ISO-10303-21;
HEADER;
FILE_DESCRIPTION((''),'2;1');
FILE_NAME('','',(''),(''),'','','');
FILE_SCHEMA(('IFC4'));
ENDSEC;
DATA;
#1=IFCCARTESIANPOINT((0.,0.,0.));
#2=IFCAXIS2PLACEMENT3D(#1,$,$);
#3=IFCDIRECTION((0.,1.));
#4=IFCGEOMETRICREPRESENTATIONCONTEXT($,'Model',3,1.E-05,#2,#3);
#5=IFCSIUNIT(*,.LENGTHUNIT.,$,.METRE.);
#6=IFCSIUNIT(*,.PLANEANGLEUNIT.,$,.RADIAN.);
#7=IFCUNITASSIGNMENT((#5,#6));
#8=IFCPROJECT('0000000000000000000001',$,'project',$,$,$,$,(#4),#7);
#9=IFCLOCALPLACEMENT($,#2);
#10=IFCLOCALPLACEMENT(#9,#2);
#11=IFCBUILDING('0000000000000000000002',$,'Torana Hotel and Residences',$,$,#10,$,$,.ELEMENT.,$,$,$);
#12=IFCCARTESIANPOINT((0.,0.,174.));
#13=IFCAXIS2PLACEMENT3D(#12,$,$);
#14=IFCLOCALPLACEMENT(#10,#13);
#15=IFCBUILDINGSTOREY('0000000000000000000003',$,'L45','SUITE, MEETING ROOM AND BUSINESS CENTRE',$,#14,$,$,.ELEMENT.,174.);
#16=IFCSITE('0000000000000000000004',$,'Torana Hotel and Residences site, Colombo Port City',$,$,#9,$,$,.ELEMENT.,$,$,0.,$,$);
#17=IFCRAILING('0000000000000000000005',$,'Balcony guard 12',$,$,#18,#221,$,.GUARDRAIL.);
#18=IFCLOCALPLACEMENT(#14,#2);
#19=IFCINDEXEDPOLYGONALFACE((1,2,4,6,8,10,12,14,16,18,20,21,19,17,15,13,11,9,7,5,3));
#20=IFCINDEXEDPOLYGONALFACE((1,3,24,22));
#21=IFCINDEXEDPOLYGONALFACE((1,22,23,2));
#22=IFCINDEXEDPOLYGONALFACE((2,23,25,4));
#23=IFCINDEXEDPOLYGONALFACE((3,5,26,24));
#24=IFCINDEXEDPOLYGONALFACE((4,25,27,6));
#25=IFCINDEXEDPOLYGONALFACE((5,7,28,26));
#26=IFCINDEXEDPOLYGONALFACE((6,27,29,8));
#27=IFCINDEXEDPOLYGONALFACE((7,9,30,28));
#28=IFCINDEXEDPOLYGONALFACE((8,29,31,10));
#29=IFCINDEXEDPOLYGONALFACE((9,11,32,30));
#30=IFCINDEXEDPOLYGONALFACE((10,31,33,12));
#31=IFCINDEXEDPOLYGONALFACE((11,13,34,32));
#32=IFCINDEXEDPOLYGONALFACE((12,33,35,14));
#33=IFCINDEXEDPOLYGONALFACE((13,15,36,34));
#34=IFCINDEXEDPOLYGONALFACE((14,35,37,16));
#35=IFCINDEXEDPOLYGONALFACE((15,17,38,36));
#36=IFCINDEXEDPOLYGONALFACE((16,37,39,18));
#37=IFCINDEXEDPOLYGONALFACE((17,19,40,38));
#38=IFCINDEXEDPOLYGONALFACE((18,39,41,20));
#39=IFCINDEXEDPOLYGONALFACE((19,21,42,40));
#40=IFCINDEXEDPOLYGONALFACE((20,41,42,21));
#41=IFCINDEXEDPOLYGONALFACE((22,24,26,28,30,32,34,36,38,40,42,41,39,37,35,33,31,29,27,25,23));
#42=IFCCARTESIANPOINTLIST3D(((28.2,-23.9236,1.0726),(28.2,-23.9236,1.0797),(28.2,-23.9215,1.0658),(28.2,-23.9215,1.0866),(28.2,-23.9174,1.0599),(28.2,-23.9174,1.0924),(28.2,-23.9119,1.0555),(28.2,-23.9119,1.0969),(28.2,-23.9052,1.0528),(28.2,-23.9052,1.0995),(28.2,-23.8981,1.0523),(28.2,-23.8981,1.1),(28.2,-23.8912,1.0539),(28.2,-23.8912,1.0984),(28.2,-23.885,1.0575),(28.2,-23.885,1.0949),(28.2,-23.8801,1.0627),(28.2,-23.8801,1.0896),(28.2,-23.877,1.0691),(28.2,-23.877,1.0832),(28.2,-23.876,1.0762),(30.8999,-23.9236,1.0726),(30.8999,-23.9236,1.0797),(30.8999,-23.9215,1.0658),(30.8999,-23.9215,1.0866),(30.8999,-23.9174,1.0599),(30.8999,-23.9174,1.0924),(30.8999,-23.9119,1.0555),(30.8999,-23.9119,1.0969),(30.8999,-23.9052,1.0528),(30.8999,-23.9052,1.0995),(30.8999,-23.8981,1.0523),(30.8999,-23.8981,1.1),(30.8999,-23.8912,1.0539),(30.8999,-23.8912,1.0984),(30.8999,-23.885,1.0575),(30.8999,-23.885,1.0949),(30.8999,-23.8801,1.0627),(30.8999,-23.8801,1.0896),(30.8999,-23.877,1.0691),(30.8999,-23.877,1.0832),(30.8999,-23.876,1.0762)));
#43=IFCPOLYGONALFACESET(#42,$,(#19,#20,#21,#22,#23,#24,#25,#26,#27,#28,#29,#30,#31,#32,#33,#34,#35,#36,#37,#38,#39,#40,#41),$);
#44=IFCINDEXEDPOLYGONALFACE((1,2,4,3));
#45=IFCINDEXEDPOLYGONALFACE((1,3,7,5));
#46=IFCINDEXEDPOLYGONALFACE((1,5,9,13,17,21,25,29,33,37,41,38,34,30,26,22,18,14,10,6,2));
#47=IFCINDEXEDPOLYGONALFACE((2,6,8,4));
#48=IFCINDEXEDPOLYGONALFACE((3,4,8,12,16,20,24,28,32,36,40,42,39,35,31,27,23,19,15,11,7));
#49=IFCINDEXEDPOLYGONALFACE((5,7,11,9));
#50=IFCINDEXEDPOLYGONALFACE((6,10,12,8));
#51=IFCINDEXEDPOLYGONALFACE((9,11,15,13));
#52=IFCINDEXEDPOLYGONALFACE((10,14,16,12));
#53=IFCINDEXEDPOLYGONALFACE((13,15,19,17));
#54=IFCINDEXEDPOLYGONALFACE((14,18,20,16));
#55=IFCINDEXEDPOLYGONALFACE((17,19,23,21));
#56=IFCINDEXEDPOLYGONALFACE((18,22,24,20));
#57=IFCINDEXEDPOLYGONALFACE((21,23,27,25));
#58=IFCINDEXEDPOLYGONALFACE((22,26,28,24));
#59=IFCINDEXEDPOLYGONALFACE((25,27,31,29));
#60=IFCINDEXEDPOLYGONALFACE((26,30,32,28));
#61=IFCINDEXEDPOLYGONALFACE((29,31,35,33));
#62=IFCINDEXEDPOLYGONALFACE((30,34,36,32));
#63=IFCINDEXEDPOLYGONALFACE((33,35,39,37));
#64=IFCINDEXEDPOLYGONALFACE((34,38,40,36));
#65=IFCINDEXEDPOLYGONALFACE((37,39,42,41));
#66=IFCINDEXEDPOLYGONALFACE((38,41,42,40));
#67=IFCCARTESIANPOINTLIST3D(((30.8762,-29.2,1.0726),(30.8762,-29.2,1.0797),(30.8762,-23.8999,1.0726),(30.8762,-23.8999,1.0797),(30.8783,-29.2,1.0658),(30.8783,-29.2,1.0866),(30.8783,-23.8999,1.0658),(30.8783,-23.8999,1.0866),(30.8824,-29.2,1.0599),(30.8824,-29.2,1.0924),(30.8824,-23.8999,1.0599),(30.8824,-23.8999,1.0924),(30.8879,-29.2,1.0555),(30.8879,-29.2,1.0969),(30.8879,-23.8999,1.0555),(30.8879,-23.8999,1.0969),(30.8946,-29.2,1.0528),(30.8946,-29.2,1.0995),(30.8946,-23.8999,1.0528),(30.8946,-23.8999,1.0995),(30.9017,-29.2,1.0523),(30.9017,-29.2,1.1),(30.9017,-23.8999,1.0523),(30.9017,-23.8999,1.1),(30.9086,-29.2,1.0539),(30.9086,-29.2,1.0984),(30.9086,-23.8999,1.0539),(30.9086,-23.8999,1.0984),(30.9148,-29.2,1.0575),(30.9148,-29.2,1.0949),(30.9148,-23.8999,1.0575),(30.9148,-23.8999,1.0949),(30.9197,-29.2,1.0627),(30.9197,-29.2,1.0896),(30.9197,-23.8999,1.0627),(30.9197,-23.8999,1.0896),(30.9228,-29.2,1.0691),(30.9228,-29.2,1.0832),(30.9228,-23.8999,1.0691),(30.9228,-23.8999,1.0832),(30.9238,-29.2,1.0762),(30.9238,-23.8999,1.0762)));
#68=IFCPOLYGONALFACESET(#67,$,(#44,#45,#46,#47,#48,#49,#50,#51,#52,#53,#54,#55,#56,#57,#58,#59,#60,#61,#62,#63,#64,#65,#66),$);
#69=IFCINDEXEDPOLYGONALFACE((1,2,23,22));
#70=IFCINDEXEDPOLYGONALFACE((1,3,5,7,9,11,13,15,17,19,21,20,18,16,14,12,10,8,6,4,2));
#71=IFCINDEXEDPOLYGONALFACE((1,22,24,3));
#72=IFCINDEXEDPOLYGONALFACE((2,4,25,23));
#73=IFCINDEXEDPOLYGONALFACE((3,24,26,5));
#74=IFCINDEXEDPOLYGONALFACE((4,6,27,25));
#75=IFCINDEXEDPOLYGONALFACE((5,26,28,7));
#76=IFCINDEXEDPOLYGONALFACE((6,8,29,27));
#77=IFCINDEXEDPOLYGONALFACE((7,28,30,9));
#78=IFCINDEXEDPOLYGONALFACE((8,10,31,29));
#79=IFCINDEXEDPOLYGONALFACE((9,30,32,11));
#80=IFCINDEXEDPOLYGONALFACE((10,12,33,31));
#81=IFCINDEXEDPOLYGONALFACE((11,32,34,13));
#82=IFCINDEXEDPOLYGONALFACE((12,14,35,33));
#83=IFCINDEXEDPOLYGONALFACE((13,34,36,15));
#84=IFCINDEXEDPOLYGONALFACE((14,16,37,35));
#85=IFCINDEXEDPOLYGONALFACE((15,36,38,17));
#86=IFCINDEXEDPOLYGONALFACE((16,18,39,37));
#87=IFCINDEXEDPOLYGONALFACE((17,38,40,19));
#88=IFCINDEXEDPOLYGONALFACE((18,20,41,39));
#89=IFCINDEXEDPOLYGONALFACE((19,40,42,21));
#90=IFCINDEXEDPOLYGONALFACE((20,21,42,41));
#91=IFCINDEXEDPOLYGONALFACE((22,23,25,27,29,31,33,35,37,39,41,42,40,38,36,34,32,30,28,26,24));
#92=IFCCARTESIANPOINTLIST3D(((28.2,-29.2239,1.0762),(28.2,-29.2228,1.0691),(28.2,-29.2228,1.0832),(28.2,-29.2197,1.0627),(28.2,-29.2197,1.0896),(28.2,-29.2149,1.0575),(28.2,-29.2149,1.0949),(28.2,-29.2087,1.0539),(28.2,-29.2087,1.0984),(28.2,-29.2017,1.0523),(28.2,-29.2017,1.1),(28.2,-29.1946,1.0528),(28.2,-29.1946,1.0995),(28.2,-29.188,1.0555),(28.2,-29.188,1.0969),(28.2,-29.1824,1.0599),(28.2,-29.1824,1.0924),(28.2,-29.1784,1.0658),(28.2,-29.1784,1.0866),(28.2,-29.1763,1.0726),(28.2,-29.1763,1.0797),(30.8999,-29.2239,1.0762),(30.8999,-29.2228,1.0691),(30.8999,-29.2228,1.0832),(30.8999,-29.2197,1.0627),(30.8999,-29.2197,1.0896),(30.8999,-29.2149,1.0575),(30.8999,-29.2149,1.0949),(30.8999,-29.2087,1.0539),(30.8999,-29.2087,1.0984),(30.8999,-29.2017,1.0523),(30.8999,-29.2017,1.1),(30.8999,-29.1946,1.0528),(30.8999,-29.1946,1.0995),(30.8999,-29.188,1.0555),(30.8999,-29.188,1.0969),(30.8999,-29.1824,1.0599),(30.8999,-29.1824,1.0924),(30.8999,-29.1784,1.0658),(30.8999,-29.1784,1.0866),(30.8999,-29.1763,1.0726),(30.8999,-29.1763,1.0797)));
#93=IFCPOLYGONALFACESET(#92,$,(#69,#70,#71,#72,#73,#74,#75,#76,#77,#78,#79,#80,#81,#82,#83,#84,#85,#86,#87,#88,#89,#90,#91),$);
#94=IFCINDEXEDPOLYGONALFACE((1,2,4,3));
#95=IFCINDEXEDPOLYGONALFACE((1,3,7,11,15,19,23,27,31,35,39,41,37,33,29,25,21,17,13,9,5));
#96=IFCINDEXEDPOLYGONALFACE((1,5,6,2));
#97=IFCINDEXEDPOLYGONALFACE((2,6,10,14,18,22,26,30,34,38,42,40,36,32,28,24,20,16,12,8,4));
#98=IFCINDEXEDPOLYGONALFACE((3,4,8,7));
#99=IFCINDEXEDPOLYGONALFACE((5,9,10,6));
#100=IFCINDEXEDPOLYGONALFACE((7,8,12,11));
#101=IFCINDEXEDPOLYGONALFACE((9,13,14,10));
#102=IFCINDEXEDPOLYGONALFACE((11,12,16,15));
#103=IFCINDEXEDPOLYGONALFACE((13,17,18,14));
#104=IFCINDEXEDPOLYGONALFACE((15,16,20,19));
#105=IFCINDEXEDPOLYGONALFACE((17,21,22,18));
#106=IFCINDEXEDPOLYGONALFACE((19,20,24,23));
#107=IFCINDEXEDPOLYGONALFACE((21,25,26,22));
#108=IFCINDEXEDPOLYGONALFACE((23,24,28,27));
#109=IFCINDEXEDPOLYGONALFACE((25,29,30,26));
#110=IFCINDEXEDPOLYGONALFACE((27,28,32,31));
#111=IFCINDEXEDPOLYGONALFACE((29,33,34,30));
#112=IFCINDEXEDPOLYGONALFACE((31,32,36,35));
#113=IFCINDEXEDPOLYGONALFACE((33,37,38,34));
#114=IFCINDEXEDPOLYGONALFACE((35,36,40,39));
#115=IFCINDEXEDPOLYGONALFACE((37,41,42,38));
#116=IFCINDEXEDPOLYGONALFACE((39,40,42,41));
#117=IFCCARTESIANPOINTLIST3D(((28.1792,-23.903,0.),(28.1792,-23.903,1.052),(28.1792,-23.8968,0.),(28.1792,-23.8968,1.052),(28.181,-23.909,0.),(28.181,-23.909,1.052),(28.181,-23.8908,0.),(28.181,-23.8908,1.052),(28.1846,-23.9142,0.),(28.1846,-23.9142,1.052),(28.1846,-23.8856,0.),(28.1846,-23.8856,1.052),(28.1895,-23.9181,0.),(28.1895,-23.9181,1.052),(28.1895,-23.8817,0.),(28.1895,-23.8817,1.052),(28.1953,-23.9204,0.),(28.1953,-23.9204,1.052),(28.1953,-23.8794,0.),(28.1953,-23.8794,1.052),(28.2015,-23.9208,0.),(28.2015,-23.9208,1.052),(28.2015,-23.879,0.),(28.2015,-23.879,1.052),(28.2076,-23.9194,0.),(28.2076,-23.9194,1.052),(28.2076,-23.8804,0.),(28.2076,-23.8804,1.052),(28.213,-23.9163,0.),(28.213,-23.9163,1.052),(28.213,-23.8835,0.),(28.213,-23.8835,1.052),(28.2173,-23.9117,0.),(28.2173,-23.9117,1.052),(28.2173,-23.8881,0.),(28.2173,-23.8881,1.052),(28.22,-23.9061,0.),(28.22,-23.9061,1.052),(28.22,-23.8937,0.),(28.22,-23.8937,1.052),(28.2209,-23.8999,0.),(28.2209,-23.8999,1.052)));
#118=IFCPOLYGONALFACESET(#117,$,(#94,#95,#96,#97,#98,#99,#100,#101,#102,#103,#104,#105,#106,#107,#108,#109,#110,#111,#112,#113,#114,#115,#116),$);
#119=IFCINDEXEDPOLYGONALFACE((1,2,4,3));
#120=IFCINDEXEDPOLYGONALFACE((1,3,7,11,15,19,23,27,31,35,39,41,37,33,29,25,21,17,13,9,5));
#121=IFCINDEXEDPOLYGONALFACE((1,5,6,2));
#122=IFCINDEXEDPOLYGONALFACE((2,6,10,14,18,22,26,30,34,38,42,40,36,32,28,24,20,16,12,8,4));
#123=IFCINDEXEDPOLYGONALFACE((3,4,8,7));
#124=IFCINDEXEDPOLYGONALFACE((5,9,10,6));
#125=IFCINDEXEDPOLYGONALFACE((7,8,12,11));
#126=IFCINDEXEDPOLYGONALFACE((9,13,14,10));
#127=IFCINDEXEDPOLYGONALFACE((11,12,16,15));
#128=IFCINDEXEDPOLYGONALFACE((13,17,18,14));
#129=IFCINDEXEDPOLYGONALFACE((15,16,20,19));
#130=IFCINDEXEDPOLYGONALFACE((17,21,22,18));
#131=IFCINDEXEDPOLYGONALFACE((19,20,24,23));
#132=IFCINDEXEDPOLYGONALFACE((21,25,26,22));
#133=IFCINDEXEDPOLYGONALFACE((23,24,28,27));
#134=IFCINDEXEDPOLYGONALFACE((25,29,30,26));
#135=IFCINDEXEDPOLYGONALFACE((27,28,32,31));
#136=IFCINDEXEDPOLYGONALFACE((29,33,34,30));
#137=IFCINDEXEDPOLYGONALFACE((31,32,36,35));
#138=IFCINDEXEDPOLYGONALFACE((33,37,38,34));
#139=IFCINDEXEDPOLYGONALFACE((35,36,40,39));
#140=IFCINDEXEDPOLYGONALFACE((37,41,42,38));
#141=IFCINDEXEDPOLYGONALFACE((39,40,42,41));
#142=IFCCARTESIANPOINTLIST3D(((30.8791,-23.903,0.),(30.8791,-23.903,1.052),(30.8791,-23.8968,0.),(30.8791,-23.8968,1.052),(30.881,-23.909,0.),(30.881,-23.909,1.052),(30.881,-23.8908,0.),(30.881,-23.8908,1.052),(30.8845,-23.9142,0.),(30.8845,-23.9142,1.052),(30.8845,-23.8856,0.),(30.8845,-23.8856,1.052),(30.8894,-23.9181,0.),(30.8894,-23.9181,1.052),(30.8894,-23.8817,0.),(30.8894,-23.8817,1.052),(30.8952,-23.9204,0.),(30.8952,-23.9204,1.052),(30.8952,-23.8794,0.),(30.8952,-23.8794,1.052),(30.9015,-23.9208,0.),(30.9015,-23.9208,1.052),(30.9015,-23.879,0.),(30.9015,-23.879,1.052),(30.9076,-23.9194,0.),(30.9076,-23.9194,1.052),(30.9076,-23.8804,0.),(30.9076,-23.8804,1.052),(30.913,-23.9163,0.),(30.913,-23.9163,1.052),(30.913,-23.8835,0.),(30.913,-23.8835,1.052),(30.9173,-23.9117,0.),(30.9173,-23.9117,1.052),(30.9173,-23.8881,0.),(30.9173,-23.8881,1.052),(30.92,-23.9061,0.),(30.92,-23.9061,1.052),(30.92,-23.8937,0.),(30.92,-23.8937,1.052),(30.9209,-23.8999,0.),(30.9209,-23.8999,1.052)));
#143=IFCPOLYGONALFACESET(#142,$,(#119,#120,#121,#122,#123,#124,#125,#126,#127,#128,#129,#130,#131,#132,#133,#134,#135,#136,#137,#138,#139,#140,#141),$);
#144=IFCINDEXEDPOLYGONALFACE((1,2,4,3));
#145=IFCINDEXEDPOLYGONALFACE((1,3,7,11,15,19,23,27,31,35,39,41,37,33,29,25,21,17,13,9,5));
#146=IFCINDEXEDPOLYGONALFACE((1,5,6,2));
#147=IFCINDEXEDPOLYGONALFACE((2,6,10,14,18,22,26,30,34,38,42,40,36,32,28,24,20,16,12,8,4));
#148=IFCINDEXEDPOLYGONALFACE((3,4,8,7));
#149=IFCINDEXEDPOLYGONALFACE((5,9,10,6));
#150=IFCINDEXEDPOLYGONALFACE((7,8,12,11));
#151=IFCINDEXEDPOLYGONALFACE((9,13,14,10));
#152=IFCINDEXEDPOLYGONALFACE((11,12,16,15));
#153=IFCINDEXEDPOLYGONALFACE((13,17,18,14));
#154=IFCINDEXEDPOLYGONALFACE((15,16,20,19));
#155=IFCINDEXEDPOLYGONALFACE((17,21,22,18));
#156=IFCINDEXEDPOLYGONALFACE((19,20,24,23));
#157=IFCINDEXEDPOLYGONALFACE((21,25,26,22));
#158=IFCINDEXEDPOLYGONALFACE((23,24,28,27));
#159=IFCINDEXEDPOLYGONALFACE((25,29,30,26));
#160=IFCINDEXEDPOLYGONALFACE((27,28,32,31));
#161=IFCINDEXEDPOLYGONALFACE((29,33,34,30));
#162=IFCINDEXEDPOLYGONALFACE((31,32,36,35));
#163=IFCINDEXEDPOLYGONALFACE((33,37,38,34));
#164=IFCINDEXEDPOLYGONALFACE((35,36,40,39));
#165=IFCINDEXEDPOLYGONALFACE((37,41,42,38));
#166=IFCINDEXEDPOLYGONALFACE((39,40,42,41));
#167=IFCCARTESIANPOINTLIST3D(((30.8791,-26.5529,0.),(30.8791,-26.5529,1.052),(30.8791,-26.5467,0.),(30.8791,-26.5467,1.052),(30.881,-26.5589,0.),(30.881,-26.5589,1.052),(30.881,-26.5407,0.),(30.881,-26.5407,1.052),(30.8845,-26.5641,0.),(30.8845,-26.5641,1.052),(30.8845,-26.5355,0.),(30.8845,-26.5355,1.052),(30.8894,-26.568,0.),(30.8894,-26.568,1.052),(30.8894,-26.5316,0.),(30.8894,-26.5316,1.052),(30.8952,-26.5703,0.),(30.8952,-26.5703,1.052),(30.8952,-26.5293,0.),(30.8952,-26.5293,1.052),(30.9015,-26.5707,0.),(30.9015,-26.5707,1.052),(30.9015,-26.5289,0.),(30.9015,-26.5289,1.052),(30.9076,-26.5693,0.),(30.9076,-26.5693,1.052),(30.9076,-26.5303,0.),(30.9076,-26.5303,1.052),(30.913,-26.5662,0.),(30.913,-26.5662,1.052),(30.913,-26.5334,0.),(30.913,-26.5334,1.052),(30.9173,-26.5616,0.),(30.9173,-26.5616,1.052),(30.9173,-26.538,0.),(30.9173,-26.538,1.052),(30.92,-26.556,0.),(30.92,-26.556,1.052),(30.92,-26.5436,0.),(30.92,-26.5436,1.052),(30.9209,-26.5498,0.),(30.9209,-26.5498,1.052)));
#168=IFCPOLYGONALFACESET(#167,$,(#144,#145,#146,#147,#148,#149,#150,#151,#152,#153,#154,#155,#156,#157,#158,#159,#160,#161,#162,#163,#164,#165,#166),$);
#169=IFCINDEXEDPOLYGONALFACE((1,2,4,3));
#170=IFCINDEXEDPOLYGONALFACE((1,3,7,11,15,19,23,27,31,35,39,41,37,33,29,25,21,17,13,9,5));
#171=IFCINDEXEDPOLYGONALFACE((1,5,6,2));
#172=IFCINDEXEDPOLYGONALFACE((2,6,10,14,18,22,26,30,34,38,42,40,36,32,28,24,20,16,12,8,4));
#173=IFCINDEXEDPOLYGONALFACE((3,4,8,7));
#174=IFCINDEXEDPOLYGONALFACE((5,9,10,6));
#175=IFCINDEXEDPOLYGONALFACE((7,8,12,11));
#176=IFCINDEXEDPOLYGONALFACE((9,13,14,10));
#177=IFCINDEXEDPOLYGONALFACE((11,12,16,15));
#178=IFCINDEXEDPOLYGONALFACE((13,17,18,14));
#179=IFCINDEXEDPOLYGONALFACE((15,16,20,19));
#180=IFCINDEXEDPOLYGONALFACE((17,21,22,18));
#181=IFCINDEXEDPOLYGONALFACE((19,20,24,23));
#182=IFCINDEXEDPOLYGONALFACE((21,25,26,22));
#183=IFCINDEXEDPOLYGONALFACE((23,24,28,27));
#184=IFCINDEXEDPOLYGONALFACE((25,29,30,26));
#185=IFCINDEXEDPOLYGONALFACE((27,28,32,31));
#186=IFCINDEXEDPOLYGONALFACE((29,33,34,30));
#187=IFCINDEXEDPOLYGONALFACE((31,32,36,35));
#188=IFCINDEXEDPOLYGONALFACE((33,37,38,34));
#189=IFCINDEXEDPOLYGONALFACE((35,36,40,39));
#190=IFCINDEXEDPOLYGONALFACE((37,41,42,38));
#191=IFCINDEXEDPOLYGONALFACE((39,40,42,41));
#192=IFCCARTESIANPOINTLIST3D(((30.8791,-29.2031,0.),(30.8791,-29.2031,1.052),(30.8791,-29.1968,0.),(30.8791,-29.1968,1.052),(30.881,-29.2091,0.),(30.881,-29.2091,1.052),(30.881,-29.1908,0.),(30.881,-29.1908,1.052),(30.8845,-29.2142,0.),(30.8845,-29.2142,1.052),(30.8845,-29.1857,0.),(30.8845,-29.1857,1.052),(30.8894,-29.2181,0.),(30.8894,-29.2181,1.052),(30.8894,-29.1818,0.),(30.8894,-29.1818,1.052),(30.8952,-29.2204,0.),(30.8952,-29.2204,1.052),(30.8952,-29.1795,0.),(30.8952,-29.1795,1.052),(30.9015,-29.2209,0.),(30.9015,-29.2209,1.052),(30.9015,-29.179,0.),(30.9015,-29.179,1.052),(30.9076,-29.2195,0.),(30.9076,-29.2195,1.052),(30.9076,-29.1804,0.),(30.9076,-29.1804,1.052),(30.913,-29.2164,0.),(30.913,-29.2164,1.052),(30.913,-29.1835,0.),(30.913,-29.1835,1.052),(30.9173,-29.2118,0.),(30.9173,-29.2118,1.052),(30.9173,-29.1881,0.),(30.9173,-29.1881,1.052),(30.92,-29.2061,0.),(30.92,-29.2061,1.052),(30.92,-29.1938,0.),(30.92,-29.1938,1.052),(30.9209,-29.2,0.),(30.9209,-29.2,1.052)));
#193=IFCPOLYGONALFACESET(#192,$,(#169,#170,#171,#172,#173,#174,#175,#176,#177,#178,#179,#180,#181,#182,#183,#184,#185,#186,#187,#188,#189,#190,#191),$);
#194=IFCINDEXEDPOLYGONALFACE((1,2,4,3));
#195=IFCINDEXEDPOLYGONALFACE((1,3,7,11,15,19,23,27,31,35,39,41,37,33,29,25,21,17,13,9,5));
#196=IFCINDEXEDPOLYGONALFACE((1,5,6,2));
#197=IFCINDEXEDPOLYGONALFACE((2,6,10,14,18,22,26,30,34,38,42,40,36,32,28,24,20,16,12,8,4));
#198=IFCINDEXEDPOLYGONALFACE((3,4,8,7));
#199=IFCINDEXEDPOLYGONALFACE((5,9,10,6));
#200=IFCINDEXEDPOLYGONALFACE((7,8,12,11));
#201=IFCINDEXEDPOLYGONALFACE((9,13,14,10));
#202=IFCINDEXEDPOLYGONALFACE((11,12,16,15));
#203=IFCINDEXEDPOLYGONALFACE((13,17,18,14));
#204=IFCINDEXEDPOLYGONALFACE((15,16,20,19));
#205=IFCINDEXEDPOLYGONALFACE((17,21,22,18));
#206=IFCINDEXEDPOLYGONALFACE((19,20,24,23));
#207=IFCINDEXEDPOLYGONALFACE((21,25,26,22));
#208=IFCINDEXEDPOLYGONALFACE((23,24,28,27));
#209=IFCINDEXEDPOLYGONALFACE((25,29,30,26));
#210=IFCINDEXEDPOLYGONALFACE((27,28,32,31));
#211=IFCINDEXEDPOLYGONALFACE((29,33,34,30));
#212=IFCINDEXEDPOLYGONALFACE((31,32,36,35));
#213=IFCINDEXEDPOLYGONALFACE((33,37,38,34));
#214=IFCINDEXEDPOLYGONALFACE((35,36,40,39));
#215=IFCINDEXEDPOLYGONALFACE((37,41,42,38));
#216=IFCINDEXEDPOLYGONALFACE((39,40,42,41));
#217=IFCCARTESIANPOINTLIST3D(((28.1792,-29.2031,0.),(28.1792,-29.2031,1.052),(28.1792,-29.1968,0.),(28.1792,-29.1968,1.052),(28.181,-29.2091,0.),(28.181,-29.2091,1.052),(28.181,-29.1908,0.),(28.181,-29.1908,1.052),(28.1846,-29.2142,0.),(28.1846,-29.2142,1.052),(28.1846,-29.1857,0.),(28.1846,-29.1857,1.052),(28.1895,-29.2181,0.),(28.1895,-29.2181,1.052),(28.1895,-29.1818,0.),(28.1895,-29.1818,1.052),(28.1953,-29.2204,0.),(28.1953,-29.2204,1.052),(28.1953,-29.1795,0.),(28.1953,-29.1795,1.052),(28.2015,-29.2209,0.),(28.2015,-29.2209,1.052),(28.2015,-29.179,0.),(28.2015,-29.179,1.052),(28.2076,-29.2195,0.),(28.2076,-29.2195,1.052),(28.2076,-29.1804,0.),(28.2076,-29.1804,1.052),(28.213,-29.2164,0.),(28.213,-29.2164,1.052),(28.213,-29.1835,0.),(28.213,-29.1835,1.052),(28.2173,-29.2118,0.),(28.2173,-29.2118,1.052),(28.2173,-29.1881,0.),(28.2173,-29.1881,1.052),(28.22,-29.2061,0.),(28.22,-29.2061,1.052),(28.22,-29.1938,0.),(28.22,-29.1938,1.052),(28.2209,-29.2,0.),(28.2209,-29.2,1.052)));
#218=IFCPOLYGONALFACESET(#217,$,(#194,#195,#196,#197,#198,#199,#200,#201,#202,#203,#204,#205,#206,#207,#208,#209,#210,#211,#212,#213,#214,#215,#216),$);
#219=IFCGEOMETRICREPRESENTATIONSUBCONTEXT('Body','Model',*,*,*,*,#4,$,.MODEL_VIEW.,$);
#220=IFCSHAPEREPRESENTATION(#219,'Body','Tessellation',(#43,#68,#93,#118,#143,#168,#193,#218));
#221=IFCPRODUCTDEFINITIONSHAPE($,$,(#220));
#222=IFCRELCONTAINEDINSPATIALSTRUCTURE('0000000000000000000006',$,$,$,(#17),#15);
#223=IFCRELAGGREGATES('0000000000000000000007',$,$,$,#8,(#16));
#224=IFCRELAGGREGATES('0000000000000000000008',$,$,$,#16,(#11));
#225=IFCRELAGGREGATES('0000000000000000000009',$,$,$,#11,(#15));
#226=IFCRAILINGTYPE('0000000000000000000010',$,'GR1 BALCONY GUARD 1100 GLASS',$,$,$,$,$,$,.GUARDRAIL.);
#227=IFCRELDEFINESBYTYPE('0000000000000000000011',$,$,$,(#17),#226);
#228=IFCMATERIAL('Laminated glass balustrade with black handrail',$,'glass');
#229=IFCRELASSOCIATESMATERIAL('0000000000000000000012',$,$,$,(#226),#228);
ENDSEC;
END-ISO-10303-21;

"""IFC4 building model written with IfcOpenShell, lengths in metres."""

from ifc_helpers import new_model, si_unit, direction, frame, origin, origin_2d, place, context, subcontext, project, spatial, circle, extrude, material, type_object, element, save


model = new_model("IFC4")

# Units and contexts
model_context = context("Model", 3, precision=1e-05, world=origin(), true_north=direction((0.0, 1.0)))
body_context = subcontext(model_context, "Body", "Model", "MODEL_VIEW")
ifc_project = project(units=[si_unit("LENGTHUNIT", "METRE"), si_unit("PLANEANGLEUNIT", "RADIAN")], contexts=[model_context])

# Site, building, storey
site_placement = place(None, origin())
site = spatial("IfcSite", under=ifc_project, at=site_placement, Name="Torana Hotel and Residences site, Colombo Port City", CompositionType="ELEMENT", RefElevation=0.0)
building_placement = place(site_placement, origin())
building = spatial("IfcBuilding", under=site, at=building_placement, Name="Torana Hotel and Residences", CompositionType="ELEMENT")
storey_placement = place(building_placement, frame((0.0, 0.0, 174.0)))
storey = spatial("IfcBuildingStorey", under=building, at=storey_placement, Name="L45", Description="SUITE, MEETING ROOM AND BUSINESS CENTRE", CompositionType="ELEMENT", Elevation=174.0)

# Railing
ifc_material_1 = material(Name="Laminated glass balustrade with black handrail", Category="glass")
railing_type = type_object("IfcRailingType", Name="GR1 BALCONY GUARD 1100 GLASS", PredefinedType="GUARDRAIL", material=ifc_material_1)
railing_1_placement = place(storey_placement, frame((28.2, -23.8999, 0.0)))
element("IfcRailing", 1, at=railing_1_placement, inside=storey, type_object=railing_type, Name="Balcony guard 12", PredefinedType="GUARDRAIL", context=body_context, shape_type="SweptSolid", body=[
    extrude(circle(Radius=0.0239, at=origin_2d()), frame((0.0, 0.0, 1.0762), z_axis=(1.0, 0.0, 0.0), x_axis=(0.0, 1.0, 0.0)), (0.0, 0.0, 1.0), 2.7),
    extrude(circle(Radius=0.0239, at=origin_2d()), frame((2.7, 0.0, 1.0762), z_axis=(0.0, -1.0, 0.0), x_axis=(1.0, 0.0, 0.0)), (0.0, 0.0, 1.0), 5.3),
    extrude(circle(Radius=0.0239, at=origin_2d()), frame((2.7, -5.3, 1.0762), z_axis=(-1.0, 0.0, 0.0), x_axis=(0.0, -1.0, 0.0)), (0.0, 0.0, 1.0), 2.7),
    extrude(circle(Radius=0.021, at=origin_2d()), origin(), (0.0, 0.0, 1.0), 1.052),
    extrude(circle(Radius=0.021, at=origin_2d()), frame((2.7, 0.0, 0.0)), (0.0, 0.0, 1.0), 1.052),
    extrude(circle(Radius=0.021, at=origin_2d()), frame((2.7, -2.6499, 0.0)), (0.0, 0.0, 1.0), 1.052),
    extrude(circle(Radius=0.021, at=origin_2d()), frame((2.7, -5.3, 0.0)), (0.0, 0.0, 1.0), 1.052),
    extrude(circle(Radius=0.021, at=origin_2d()), frame((0.0, -5.3, 0.0)), (0.0, 0.0, 1.0), 1.052),
])

save(model, "model.ifc")
